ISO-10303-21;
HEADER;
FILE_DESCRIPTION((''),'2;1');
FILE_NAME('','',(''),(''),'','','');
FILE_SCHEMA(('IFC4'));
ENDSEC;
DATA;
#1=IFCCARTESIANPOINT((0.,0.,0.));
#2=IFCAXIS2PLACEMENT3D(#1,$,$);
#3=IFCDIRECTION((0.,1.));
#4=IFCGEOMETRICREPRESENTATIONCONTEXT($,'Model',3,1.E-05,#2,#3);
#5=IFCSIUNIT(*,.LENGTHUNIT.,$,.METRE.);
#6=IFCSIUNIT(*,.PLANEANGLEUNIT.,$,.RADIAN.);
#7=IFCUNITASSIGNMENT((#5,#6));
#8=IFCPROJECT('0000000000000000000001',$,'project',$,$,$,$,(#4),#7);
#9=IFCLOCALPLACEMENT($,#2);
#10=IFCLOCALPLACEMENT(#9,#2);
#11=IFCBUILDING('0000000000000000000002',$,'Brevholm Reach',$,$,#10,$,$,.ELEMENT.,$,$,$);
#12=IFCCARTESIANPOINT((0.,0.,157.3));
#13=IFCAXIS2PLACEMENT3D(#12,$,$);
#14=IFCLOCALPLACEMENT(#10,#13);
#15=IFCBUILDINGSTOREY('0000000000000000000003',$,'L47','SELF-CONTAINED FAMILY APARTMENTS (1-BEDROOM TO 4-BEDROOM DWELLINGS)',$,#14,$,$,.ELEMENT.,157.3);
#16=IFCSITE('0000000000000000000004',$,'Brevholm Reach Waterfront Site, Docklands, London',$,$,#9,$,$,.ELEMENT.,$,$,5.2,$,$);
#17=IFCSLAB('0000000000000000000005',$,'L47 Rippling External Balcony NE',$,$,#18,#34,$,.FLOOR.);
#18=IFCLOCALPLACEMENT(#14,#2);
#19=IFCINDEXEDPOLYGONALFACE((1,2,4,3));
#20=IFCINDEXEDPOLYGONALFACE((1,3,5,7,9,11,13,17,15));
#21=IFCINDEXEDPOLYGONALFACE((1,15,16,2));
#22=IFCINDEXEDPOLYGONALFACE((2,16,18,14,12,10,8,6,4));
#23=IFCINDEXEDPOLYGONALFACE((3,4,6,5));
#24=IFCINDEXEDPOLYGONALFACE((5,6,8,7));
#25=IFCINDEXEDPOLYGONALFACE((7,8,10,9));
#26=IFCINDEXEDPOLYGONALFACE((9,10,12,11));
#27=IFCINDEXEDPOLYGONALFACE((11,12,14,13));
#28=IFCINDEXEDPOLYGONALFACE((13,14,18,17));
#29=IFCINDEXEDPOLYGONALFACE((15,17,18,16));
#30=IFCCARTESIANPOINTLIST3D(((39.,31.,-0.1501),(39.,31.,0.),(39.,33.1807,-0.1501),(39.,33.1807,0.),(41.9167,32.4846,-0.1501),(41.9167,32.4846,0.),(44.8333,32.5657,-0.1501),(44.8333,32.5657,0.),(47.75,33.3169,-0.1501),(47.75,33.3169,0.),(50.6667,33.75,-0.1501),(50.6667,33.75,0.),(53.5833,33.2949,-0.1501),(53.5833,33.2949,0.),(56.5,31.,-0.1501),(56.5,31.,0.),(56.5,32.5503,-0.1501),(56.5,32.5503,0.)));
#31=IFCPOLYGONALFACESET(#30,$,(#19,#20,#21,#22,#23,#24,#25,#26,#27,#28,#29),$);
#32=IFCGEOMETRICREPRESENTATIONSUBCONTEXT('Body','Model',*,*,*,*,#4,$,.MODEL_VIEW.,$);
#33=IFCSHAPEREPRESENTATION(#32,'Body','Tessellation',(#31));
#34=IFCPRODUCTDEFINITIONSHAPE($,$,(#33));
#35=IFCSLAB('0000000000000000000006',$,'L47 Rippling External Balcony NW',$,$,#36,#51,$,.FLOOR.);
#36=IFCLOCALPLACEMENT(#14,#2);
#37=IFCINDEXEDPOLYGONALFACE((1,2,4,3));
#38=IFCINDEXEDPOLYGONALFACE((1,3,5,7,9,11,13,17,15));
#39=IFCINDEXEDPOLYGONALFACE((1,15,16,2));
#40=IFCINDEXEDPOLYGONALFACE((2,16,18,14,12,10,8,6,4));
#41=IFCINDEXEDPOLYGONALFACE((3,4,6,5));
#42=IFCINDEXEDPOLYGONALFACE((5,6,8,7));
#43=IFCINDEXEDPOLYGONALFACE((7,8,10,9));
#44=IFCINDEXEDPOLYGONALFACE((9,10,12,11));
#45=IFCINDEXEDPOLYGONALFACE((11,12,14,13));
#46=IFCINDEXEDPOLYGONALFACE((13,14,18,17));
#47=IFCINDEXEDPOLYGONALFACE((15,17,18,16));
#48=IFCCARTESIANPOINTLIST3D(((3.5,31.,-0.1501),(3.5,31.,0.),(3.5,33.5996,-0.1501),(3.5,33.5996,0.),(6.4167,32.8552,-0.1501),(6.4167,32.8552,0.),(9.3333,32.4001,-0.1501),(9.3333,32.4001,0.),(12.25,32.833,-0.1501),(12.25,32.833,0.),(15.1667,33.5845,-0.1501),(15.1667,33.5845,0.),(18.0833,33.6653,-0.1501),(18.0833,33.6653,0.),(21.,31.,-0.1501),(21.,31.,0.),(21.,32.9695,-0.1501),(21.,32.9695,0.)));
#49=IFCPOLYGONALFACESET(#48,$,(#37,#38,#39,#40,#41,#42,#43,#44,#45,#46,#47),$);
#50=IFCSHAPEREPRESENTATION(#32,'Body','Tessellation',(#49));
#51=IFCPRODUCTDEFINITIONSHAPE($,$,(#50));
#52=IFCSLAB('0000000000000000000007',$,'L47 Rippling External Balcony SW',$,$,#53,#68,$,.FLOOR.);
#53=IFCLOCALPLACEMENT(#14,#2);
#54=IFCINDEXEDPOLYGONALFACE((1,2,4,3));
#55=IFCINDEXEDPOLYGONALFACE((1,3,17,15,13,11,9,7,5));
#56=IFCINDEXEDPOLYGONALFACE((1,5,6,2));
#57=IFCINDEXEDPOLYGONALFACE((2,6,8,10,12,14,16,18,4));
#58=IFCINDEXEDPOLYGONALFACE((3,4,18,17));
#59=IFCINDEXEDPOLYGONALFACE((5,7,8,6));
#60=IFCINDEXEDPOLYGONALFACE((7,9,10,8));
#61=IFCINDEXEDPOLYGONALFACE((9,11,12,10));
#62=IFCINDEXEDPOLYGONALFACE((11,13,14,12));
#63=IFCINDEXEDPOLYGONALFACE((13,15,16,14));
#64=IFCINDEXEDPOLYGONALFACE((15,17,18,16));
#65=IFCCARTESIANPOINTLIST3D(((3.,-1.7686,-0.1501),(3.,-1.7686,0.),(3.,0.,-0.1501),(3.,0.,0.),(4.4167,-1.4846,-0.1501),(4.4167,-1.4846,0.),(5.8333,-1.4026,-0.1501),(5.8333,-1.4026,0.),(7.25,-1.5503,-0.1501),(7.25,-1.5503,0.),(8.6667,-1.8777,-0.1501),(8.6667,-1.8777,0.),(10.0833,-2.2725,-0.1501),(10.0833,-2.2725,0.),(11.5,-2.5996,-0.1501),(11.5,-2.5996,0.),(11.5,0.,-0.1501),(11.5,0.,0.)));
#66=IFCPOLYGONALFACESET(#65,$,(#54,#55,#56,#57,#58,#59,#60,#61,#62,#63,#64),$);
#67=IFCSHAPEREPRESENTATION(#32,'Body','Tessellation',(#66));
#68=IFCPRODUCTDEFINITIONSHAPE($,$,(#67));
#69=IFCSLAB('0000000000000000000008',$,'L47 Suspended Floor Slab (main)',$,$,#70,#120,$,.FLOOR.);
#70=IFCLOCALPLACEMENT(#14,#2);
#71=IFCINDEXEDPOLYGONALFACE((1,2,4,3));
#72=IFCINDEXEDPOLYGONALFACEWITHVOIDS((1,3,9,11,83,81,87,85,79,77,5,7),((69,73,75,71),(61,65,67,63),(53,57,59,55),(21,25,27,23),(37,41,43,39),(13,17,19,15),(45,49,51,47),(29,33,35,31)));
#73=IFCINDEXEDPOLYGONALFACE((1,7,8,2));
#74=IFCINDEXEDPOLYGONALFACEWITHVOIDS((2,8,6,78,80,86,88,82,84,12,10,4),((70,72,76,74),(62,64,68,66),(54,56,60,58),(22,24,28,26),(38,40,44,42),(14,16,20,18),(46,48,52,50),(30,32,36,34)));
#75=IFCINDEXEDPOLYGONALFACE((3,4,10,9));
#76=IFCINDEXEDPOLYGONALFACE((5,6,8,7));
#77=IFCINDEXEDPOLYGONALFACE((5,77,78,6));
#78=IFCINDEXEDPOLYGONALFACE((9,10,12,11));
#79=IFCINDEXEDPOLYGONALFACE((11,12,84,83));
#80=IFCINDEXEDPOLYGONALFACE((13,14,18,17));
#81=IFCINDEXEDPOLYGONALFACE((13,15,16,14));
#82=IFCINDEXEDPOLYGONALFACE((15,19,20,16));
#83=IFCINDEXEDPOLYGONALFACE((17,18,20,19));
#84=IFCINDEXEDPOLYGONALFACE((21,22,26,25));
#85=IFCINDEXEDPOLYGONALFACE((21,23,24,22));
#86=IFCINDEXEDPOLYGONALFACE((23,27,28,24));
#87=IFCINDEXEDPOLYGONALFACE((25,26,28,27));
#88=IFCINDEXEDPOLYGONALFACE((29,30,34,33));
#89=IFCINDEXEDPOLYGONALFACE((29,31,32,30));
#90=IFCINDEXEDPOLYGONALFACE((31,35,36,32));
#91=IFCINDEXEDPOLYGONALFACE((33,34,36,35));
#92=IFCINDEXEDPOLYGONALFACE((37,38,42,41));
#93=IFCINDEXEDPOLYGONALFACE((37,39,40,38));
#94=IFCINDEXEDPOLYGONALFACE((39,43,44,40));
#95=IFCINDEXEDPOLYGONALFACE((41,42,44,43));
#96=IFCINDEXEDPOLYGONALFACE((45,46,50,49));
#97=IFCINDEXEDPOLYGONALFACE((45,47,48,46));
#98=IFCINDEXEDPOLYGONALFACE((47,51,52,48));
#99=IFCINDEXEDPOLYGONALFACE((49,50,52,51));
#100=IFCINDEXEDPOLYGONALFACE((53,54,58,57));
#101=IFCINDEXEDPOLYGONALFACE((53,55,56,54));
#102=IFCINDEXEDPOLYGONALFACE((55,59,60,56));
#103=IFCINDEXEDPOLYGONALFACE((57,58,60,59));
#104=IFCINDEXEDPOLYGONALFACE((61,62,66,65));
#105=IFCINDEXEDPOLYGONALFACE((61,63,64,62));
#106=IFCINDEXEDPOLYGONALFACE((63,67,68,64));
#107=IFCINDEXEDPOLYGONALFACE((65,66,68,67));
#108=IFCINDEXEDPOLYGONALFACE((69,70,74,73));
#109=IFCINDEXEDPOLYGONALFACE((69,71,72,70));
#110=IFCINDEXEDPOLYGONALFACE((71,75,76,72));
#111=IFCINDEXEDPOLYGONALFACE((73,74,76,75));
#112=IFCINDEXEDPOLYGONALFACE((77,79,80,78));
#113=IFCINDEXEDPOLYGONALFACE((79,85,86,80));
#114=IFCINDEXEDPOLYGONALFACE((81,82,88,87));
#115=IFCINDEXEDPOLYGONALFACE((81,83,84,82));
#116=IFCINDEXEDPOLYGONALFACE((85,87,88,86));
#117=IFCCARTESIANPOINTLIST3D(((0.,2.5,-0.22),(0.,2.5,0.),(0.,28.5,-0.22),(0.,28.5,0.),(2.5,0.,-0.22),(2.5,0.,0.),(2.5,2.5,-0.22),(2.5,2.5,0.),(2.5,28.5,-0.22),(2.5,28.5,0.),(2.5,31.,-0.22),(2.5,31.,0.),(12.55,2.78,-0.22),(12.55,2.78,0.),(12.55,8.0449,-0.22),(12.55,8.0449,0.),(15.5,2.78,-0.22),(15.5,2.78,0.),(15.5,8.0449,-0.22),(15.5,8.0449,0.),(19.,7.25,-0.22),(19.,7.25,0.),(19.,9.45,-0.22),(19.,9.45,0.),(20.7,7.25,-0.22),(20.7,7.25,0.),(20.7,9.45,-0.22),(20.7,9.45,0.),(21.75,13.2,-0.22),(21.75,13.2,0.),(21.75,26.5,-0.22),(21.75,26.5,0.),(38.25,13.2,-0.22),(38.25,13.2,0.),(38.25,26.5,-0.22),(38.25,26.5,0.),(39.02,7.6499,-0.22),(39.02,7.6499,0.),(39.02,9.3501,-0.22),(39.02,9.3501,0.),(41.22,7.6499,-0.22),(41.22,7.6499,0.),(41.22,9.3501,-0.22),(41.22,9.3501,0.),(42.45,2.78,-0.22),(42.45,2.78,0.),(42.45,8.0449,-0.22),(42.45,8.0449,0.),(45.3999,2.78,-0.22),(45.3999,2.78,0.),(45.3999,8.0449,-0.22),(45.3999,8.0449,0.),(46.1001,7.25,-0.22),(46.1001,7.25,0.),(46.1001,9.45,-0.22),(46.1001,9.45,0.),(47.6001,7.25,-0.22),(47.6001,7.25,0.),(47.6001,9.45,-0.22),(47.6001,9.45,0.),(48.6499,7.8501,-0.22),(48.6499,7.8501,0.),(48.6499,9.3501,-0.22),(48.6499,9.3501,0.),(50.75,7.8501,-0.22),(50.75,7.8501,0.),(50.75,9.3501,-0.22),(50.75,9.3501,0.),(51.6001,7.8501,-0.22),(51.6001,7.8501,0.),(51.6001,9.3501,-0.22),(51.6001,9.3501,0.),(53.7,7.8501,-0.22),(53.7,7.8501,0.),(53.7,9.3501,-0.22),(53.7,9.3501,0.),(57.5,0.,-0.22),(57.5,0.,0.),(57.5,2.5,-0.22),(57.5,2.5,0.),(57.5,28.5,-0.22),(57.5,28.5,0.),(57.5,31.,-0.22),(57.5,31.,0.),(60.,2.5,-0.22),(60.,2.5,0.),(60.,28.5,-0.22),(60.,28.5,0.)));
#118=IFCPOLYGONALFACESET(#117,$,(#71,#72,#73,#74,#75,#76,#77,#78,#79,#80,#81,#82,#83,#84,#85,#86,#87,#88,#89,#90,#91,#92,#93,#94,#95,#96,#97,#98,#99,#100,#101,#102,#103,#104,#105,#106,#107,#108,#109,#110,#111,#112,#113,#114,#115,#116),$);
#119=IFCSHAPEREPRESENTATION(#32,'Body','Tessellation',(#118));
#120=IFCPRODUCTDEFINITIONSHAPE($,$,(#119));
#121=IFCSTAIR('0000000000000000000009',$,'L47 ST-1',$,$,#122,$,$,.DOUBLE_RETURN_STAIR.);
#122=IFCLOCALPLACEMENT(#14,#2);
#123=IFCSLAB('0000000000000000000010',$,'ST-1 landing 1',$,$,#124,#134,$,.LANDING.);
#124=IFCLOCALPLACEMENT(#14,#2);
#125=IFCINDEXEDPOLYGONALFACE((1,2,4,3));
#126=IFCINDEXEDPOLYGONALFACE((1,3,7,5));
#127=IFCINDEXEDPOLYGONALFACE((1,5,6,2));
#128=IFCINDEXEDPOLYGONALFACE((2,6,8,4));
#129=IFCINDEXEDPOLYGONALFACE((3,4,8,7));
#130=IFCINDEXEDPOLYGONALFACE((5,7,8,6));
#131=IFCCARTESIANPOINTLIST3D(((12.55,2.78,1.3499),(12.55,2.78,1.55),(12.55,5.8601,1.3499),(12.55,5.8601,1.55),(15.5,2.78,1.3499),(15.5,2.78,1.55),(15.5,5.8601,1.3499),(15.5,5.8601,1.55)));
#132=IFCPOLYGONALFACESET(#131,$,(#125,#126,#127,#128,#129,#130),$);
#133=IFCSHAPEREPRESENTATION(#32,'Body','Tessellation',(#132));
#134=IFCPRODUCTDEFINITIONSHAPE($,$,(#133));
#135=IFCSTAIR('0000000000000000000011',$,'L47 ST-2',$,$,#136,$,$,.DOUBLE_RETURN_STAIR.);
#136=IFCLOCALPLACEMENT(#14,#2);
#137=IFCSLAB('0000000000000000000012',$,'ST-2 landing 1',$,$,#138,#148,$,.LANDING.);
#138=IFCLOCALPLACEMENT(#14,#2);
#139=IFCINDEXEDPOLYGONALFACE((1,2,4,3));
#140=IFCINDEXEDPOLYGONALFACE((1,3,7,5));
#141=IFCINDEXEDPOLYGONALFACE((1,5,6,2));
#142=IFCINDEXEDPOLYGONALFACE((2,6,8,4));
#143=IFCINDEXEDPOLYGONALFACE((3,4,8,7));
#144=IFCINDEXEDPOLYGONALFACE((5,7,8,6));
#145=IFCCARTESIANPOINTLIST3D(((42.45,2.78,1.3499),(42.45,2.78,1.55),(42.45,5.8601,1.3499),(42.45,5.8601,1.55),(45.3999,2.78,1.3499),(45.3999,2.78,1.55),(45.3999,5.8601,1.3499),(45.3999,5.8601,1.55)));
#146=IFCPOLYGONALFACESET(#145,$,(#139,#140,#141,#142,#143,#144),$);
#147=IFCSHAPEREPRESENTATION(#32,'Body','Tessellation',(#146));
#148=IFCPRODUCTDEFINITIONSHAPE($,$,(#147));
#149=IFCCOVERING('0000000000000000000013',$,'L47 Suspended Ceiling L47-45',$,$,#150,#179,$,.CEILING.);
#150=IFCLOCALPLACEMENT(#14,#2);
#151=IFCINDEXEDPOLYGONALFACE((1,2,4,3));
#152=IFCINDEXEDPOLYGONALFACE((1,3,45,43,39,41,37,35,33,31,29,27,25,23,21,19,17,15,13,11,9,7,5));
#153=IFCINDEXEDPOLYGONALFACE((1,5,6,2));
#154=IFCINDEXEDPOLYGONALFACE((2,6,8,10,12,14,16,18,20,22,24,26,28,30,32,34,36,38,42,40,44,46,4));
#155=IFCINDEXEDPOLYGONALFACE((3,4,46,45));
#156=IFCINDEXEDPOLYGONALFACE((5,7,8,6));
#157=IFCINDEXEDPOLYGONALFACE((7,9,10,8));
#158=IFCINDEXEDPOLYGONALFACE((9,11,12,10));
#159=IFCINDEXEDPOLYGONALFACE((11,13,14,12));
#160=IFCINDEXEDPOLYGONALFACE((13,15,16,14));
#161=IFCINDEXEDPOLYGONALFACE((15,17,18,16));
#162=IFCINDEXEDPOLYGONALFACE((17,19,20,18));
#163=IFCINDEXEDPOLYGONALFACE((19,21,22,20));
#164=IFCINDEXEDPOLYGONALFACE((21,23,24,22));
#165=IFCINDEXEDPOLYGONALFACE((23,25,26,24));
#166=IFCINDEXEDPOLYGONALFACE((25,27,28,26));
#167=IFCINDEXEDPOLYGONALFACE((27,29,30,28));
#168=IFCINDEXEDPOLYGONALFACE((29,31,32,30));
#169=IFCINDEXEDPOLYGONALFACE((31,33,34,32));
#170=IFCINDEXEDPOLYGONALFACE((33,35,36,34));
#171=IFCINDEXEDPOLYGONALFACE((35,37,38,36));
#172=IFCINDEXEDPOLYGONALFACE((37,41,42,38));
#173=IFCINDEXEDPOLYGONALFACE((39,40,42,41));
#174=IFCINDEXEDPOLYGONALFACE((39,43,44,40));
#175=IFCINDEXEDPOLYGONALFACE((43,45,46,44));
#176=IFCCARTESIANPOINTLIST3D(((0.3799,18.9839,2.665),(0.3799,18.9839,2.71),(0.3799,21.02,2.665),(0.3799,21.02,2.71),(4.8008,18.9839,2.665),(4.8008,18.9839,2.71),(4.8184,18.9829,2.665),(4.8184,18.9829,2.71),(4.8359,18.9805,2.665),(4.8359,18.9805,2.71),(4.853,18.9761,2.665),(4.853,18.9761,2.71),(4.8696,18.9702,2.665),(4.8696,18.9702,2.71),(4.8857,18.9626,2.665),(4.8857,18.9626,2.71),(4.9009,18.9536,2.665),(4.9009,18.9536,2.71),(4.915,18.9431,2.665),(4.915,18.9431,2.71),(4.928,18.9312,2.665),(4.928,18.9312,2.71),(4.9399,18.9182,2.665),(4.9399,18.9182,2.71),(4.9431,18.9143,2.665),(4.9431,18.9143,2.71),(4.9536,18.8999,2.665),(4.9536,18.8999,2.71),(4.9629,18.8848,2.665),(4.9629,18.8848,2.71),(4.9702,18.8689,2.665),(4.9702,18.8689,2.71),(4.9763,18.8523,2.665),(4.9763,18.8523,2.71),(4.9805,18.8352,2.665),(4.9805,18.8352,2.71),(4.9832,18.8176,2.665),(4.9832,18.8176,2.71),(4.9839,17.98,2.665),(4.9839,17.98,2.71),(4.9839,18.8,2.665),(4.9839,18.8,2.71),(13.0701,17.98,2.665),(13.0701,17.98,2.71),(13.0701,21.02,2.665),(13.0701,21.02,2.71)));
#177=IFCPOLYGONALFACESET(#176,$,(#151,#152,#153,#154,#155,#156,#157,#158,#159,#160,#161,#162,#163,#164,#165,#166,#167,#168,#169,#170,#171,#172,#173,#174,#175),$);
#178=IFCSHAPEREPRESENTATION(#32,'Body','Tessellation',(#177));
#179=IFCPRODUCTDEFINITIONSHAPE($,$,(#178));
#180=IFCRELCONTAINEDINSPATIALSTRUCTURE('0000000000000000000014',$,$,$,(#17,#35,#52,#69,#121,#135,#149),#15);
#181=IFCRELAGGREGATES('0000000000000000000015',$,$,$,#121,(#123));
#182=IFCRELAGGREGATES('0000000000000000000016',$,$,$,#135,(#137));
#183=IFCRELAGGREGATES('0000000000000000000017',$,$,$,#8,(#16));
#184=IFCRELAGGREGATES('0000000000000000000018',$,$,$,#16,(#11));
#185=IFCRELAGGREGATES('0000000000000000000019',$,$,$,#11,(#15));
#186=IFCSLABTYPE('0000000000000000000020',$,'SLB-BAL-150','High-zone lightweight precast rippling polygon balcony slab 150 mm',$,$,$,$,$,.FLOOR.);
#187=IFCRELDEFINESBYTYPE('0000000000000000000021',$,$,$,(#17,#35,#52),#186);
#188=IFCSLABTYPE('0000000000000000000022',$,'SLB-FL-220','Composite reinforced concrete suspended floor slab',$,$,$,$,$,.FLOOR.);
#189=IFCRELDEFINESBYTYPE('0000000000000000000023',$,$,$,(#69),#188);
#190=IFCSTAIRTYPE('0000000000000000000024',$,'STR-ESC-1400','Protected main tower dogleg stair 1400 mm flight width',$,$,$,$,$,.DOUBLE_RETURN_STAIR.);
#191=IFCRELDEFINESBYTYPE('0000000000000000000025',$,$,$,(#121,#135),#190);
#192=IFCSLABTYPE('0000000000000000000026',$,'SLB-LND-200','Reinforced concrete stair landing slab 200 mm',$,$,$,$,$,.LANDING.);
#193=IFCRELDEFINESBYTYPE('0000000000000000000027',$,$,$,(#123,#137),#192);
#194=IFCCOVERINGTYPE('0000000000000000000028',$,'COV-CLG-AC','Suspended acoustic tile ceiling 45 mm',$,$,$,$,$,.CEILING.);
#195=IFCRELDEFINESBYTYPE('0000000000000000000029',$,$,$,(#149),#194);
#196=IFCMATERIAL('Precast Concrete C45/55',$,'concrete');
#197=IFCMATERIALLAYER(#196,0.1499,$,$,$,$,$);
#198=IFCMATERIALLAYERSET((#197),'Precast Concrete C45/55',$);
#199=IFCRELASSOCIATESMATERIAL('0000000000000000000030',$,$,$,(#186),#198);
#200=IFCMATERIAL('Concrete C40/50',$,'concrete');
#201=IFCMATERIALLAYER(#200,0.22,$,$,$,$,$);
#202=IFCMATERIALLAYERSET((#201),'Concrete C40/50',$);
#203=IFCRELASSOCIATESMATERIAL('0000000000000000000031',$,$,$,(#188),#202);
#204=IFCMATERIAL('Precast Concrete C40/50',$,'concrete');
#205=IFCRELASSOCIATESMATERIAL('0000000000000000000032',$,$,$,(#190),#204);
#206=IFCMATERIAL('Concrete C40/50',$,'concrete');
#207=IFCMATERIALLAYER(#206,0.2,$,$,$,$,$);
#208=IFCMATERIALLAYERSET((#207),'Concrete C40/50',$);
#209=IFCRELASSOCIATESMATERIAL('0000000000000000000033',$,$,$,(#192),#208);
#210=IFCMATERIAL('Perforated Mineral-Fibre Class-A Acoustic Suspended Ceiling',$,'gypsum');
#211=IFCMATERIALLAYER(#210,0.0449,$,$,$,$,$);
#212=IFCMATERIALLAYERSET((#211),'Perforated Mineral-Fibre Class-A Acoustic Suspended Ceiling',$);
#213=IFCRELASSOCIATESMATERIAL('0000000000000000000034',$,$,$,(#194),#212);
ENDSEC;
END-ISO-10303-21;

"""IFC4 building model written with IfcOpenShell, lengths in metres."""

from ifc_helpers import new_model, si_unit, direction, frame, origin, place, context, subcontext, project, spatial, polyline, outline, extrude, material, layer, layer_set, type_object, element, aggregate, save


model = new_model("IFC4")

# Units and contexts
model_context = context("Model", 3, precision=1e-05, world=origin(), true_north=direction((0.0, 1.0)))
body_context = subcontext(model_context, "Body", "Model", "MODEL_VIEW")
ifc_project = project(units=[si_unit("LENGTHUNIT", "METRE"), si_unit("PLANEANGLEUNIT", "RADIAN")], contexts=[model_context])

# Site, building, storey
site_placement = place(None, origin())
site = spatial("IfcSite", under=ifc_project, at=site_placement, Name="Brevholm Reach Waterfront Site, Docklands, London", CompositionType="ELEMENT", RefElevation=5.2)
building_placement = place(site_placement, origin())
building = spatial("IfcBuilding", under=site, at=building_placement, Name="Brevholm Reach", CompositionType="ELEMENT")
storey_placement = place(building_placement, frame((0.0, 0.0, 157.3)))
storey = spatial("IfcBuildingStorey", under=building, at=storey_placement, Name="L47", Description="SELF-CONTAINED FAMILY APARTMENTS (1-BEDROOM TO 4-BEDROOM DWELLINGS)", CompositionType="ELEMENT", Elevation=157.3)

# Slabs
ifc_material_1 = material(Name="Precast Concrete C45/55", Category="concrete")
ifc_layer_1 = layer(ifc_material_1, 0.1499)
ifc_layer_set_1 = layer_set([ifc_layer_1], Name="Precast Concrete C45/55")
slab_type_1 = type_object("IfcSlabType", Name="SLB-BAL-150", Description="High-zone lightweight precast rippling polygon balcony slab 150 mm", PredefinedType="FLOOR", material=ifc_layer_set_1)
slab_1_placement = place(storey_placement, frame((0.0, 0.0, -0.1501)))
element("IfcSlab", 1, at=slab_1_placement, inside=storey, type_object=slab_type_1, Name="L47 Rippling External Balcony NE", PredefinedType="FLOOR", context=body_context, shape_type="SweptSolid", body=[
    extrude(outline(polyline([(39.0, 31.0), (56.5, 31.0), (56.5, 32.5503), (53.5833, 33.2949), (50.6667, 33.75), (47.75, 33.3169), (44.8333, 32.5657), (41.9167, 32.4846), (39.0, 33.1807), (39.0, 31.0)])), origin(), (0.0, 0.0, 1.0), 0.1501),
])
slab_2_placement = place(storey_placement, frame((0.0, 0.0, -0.1501)))
element("IfcSlab", 2, at=slab_2_placement, inside=storey, type_object=slab_type_1, Name="L47 Rippling External Balcony NW", PredefinedType="FLOOR", context=body_context, shape_type="SweptSolid", body=[
    extrude(outline(polyline([(3.5, 31.0), (21.0, 31.0), (21.0, 32.9695), (18.0833, 33.6653), (15.1667, 33.5845), (12.25, 32.833), (9.3333, 32.4001), (6.4167, 32.8552), (3.5, 33.5996), (3.5, 31.0)])), origin(), (0.0, 0.0, 1.0), 0.1501),
])
slab_3_placement = place(storey_placement, frame((0.0, 0.0, -0.1501)))
element("IfcSlab", 3, at=slab_3_placement, inside=storey, type_object=slab_type_1, Name="L47 Rippling External Balcony SW", PredefinedType="FLOOR", context=body_context, shape_type="SweptSolid", body=[
    extrude(outline(polyline([(3.0, -1.7686), (4.4167, -1.4846), (5.8333, -1.4026), (7.25, -1.5503), (8.6667, -1.8777), (10.0833, -2.2725), (11.5, -2.5996), (11.5, 0.0), (3.0, 0.0), (3.0, -1.7686)])), origin(), (0.0, 0.0, 1.0), 0.1501),
])
ifc_material_2 = material(Name="Concrete C40/50", Category="concrete")
ifc_layer_2 = layer(ifc_material_2, 0.22)
ifc_layer_set_2 = layer_set([ifc_layer_2], Name="Concrete C40/50")
slab_type_2 = type_object("IfcSlabType", Name="SLB-FL-220", Description="Composite reinforced concrete suspended floor slab", PredefinedType="FLOOR", material=ifc_layer_set_2)
slab_4_placement = place(storey_placement, frame((0.0, 0.0, -0.22)))
element("IfcSlab", 4, at=slab_4_placement, inside=storey, type_object=slab_type_2, Name="L47 Suspended Floor Slab (main)", PredefinedType="FLOOR", context=body_context, shape_type="SweptSolid", body=[
    extrude(outline(polyline([(2.5, 0.0), (57.5, 0.0), (57.5, 2.5), (60.0, 2.5), (60.0, 28.5), (57.5, 28.5), (57.5, 31.0), (2.5, 31.0), (2.5, 28.5), (0.0, 28.5), (0.0, 2.5), (2.5, 2.5), (2.5, 0.0)]), holes=[polyline([(21.75, 13.2), (38.25, 13.2), (38.25, 26.5), (21.75, 26.5), (21.75, 13.2)]), polyline([(12.55, 2.78), (15.5, 2.78), (15.5, 8.0449), (12.55, 8.0449), (12.55, 2.78)]), polyline([(42.45, 2.78), (45.3999, 2.78), (45.3999, 8.0449), (42.45, 8.0449), (42.45, 2.78)]), polyline([(19.0, 7.25), (20.7, 7.25), (20.7, 9.45), (19.0, 9.45), (19.0, 7.25)]), polyline([(46.1001, 7.25), (47.6001, 7.25), (47.6001, 9.45), (46.1001, 9.45), (46.1001, 7.25)]), polyline([(39.02, 7.6499), (41.22, 7.6499), (41.22, 9.3501), (39.02, 9.3501), (39.02, 7.6499)]), polyline([(48.6499, 7.8501), (50.75, 7.8501), (50.75, 9.3501), (48.6499, 9.3501), (48.6499, 7.8501)]), polyline([(51.6001, 7.8501), (53.7, 7.8501), (53.7, 9.3501), (51.6001, 9.3501), (51.6001, 7.8501)])]), origin(), (0.0, 0.0, 1.0), 0.22),
])

# Stairs, slabs
ifc_material_3 = material(Name="Precast Concrete C40/50", Category="concrete")
stair_type = type_object("IfcStairType", Name="STR-ESC-1400", Description="Protected main tower dogleg stair 1400 mm flight width", PredefinedType="DOUBLE_RETURN_STAIR", material=ifc_material_3)
stair_1_placement = place(storey_placement, origin())
stair_1 = element("IfcStair", 5, at=stair_1_placement, inside=storey, type_object=stair_type, Name="L47 ST-1", PredefinedType="DOUBLE_RETURN_STAIR")
ifc_material_4 = material(Name="Concrete C40/50", Category="concrete")
ifc_layer_3 = layer(ifc_material_4, 0.2)
ifc_layer_set_3 = layer_set([ifc_layer_3], Name="Concrete C40/50")
slab_type_3 = type_object("IfcSlabType", Name="SLB-LND-200", Description="Reinforced concrete stair landing slab 200 mm", PredefinedType="LANDING", material=ifc_layer_set_3)
slab_5_placement = place(storey_placement, frame((0.0, 0.0, 1.3499)))
slab_5 = element("IfcSlab", 6, at=slab_5_placement, type_object=slab_type_3, Name="ST-1 landing 1", PredefinedType="LANDING", context=body_context, shape_type="SweptSolid", body=[
    extrude(outline(polyline([(12.55, 5.8601), (12.55, 2.78), (15.5, 2.78), (15.5, 5.8601), (12.55, 5.8601)])), origin(), (0.0, 0.0, 1.0), 0.2002),
])
aggregate(stair_1, [slab_5])
stair_2_placement = place(storey_placement, origin())
stair_2 = element("IfcStair", 7, at=stair_2_placement, inside=storey, type_object=stair_type, Name="L47 ST-2", PredefinedType="DOUBLE_RETURN_STAIR")
slab_6_placement = place(storey_placement, frame((0.0, 0.0, 1.3499)))
slab_6 = element("IfcSlab", 8, at=slab_6_placement, type_object=slab_type_3, Name="ST-2 landing 1", PredefinedType="LANDING", context=body_context, shape_type="SweptSolid", body=[
    extrude(outline(polyline([(42.45, 5.8601), (42.45, 2.78), (45.3999, 2.78), (45.3999, 5.8601), (42.45, 5.8601)])), origin(), (0.0, 0.0, 1.0), 0.2002),
])
aggregate(stair_2, [slab_6])

# Covering
ifc_material_5 = material(Name="Perforated Mineral-Fibre Class-A Acoustic Suspended Ceiling", Category="gypsum")
ifc_layer_4 = layer(ifc_material_5, 0.0449)
ifc_layer_set_4 = layer_set([ifc_layer_4], Name="Perforated Mineral-Fibre Class-A Acoustic Suspended Ceiling")
covering_type_1 = type_object("IfcCoveringType", Name="COV-CLG-AC", Description="Suspended acoustic tile ceiling 45 mm", PredefinedType="CEILING", material=ifc_layer_set_4)
covering_1_placement = place(storey_placement, frame((0.0, 0.0, 2.665)))
element("IfcCovering", 9, at=covering_1_placement, inside=storey, type_object=covering_type_1, Name="L47 Suspended Ceiling L47-45", PredefinedType="CEILING", context=body_context, shape_type="SweptSolid", body=[
    extrude(outline(polyline([(0.3799, 21.02), (13.0701, 21.02), (13.0701, 17.98), (4.9839, 17.98), (4.9839, 18.8), (4.9832, 18.8176), (4.9805, 18.8352), (4.9763, 18.8523), (4.9702, 18.8689), (4.9629, 18.8848), (4.9536, 18.8999), (4.9431, 18.9143), (4.9399, 18.9182), (4.928, 18.9312), (4.915, 18.9431), (4.9009, 18.9536), (4.8857, 18.9626), (4.8696, 18.9702), (4.853, 18.9761), (4.8359, 18.9805), (4.8184, 18.9829), (4.8008, 18.9839), (0.3799, 18.9839), (0.3799, 21.02)])), origin(), (0.0, 0.0, 1.0), 0.0449),
])

save(model, "model.ifc")
